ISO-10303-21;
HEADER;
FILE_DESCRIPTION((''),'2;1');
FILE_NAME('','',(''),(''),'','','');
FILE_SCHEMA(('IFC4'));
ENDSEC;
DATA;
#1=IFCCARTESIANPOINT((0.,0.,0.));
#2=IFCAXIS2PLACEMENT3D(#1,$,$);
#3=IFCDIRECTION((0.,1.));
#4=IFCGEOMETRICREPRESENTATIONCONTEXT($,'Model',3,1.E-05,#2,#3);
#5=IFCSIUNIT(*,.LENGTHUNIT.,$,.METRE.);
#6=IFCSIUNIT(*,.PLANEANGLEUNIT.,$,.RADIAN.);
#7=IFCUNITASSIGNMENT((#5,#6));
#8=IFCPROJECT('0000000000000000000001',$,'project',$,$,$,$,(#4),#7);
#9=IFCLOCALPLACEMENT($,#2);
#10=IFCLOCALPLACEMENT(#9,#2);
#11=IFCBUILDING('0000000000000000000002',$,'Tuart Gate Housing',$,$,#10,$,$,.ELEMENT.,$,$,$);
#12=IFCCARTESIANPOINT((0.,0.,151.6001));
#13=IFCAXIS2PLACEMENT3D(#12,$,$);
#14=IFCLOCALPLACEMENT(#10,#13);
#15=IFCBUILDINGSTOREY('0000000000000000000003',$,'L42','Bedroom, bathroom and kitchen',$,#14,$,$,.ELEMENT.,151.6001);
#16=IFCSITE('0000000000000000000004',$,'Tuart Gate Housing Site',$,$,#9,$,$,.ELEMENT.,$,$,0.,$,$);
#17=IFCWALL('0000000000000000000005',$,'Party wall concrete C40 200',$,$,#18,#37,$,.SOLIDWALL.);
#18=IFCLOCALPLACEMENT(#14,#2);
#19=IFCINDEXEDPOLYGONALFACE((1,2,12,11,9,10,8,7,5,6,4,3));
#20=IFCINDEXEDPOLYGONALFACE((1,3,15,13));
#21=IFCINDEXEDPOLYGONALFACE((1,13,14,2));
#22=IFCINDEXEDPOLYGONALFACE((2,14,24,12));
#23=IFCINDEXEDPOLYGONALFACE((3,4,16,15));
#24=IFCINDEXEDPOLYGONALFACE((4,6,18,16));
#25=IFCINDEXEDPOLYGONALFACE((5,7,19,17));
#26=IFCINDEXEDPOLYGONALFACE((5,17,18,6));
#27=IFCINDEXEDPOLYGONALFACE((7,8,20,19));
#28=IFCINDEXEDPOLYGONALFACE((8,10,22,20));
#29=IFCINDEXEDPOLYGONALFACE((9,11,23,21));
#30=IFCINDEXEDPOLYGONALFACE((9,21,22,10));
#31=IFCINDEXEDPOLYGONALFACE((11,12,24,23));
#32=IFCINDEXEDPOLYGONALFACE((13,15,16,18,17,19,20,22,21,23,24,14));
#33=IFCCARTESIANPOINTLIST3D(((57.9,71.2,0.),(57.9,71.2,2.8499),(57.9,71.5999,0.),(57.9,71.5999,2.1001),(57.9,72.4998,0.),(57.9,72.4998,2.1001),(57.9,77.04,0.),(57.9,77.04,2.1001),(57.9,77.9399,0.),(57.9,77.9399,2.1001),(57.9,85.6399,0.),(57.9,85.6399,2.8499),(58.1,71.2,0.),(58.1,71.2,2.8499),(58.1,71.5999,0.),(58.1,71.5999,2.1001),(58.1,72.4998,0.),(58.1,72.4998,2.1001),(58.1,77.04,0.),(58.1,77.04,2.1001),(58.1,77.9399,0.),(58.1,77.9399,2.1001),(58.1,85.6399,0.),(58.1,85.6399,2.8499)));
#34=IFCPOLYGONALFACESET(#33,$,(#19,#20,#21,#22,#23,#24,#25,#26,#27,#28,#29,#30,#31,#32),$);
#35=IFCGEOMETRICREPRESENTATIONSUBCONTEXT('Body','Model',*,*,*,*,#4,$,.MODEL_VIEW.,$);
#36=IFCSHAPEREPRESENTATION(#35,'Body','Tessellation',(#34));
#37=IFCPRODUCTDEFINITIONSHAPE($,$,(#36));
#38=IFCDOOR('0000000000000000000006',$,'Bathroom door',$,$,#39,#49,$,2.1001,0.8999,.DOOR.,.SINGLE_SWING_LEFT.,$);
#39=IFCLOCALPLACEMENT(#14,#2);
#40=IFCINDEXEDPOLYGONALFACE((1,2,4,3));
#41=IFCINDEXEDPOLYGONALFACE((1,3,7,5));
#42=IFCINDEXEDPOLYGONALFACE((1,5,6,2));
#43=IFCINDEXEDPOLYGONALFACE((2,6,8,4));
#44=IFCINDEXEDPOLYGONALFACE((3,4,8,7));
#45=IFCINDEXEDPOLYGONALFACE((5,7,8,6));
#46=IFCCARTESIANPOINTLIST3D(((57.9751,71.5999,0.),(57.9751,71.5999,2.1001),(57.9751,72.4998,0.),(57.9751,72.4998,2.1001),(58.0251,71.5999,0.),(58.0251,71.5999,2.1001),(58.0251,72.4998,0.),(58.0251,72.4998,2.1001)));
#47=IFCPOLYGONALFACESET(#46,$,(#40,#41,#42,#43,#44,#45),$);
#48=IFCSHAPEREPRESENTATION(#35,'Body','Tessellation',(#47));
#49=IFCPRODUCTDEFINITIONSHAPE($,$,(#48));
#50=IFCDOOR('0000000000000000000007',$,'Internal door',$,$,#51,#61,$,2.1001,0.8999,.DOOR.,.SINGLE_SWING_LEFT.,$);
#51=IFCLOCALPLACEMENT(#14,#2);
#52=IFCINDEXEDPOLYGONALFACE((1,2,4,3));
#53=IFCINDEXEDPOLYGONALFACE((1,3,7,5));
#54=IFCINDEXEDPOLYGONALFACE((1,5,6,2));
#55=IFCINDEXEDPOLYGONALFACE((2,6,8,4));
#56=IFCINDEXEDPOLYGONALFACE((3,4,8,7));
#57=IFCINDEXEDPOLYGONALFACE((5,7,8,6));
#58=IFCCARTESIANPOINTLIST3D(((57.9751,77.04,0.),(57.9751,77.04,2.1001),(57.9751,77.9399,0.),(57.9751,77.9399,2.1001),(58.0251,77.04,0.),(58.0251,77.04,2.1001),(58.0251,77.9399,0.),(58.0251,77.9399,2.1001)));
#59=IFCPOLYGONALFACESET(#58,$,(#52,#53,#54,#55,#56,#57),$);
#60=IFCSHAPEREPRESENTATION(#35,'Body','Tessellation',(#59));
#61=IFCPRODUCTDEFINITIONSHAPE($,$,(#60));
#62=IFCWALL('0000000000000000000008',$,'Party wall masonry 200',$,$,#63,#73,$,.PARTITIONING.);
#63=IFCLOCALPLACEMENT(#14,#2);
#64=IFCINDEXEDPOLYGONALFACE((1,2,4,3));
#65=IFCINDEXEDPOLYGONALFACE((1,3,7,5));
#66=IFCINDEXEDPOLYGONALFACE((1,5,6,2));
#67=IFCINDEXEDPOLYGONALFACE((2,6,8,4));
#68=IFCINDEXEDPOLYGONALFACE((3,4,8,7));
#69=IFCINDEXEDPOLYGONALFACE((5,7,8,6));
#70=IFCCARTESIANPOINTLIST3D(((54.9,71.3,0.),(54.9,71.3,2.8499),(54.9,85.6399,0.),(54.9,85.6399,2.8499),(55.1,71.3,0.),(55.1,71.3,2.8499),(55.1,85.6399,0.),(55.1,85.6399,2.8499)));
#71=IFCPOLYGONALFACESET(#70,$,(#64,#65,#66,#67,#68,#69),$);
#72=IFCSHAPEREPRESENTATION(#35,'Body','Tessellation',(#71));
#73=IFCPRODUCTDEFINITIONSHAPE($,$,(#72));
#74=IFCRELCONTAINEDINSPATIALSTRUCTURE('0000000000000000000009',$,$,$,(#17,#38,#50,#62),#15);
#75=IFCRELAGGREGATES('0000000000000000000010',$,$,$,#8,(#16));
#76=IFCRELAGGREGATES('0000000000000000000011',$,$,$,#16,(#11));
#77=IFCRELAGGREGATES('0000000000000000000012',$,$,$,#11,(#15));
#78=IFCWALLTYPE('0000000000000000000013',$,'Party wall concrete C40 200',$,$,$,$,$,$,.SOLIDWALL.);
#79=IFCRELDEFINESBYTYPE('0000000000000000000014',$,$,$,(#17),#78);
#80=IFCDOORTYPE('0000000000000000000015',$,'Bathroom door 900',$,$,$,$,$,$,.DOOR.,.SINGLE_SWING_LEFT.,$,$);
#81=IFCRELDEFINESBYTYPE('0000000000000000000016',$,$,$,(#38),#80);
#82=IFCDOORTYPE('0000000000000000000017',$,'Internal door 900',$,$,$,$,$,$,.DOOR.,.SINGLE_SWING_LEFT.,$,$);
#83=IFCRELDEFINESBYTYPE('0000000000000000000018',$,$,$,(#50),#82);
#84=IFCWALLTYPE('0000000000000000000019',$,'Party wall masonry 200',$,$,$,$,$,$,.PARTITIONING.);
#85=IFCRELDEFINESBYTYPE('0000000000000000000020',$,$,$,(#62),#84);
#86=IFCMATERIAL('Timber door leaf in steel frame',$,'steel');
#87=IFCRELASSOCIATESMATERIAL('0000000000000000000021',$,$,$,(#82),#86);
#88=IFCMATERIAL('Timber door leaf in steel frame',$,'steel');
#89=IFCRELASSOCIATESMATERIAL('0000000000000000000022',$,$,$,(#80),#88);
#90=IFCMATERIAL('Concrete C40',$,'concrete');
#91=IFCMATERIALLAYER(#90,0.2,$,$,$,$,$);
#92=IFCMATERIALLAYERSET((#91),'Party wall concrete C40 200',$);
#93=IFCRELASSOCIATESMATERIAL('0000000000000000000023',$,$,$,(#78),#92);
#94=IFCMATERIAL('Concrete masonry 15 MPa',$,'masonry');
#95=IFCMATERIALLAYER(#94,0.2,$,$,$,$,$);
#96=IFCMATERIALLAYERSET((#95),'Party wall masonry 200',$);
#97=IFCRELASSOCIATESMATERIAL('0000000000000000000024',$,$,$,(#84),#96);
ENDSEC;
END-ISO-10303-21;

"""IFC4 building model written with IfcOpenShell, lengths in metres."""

from ifc_helpers import new_model, si_unit, direction, frame, frame_2d, origin, place, context, subcontext, project, spatial, rectangle, extrude, material, layer, layer_set, type_object, element, fill, save


model = new_model("IFC4")

# Units and contexts
model_context = context("Model", 3, precision=1e-05, world=origin(), true_north=direction((0.0, 1.0)))
body_context = subcontext(model_context, "Body", "Model", "MODEL_VIEW")
ifc_project = project(units=[si_unit("LENGTHUNIT", "METRE"), si_unit("PLANEANGLEUNIT", "RADIAN")], contexts=[model_context])

# Site, building, storey
site_placement = place(None, origin())
site = spatial("IfcSite", under=ifc_project, at=site_placement, Name="Tuart Gate Housing Site", CompositionType="ELEMENT", RefElevation=0.0)
building_placement = place(site_placement, origin())
building = spatial("IfcBuilding", under=site, at=building_placement, Name="Tuart Gate Housing", CompositionType="ELEMENT")
storey_placement = place(building_placement, frame((0.0, 0.0, 151.6001)))
storey = spatial("IfcBuildingStorey", under=building, at=storey_placement, Name="L42", Description="Bedroom, bathroom and kitchen", CompositionType="ELEMENT", Elevation=151.6001)

# Shared definitions
ifc_material_1 = material(Name="Timber door leaf in steel frame", Category="steel")
door_type_1 = type_object("IfcDoorType", Name="Internal door 900", OperationType="SINGLE_SWING_LEFT", PredefinedType="DOOR", material=ifc_material_1)

# Shared definitions
ifc_material_2 = material(Name="Timber door leaf in steel frame", Category="steel")
door_type_2 = type_object("IfcDoorType", Name="Bathroom door 900", OperationType="SINGLE_SWING_LEFT", PredefinedType="DOOR", material=ifc_material_2)

# Shared definitions
ifc_material_3 = material(Name="Concrete C40", Category="concrete")
ifc_layer_1 = layer(ifc_material_3, 0.2)
ifc_layer_set_1 = layer_set([ifc_layer_1], Name="Party wall concrete C40 200")
wall_type_1 = type_object("IfcWallType", Name="Party wall concrete C40 200", PredefinedType="SOLIDWALL", material=ifc_layer_set_1)

# Wall, openings, doors
wall_1_placement = place(storey_placement, frame((58.0, 71.2, 0.0), z_axis=(0.0, 0.0, 1.0), x_axis=(0.0, 1.0, 0.0)))
wall_1 = element("IfcWall", 1, at=wall_1_placement, inside=storey, type_object=wall_type_1, Name="Party wall concrete C40 200", PredefinedType="SOLIDWALL", context=body_context, shape_type="SweptSolid", body=[
    extrude(rectangle(XDim=14.4399, YDim=0.2, at=frame_2d((7.22, 0.0))), origin(), (0.0, 0.0, 1.0), 2.8499),
])
opening_1_placement = place(wall_1_placement, frame((5.8401, 0.0, 0.0)))
opening_1 = element("IfcOpeningElement", 2, at=opening_1_placement, cuts=wall_1, PredefinedType="OPENING", context=body_context, shape_type="SweptSolid", body=[
    extrude(rectangle(XDim=0.8999, YDim=2.1001, at=frame_2d((0.45, 1.05))), frame((0.0, 0.1099, 0.0), z_axis=(0.0, -1.0, 0.0), x_axis=(1.0, 0.0, 0.0)), (0.0, 0.0, 1.0), 0.22),
])
opening_2_placement = place(wall_1_placement, frame((0.3999, 0.0, 0.0)))
opening_2 = element("IfcOpeningElement", 3, at=opening_2_placement, cuts=wall_1, PredefinedType="OPENING", context=body_context, shape_type="SweptSolid", body=[
    extrude(rectangle(XDim=0.8999, YDim=2.1001, at=frame_2d((0.45, 1.05))), frame((0.0, 0.1099, 0.0), z_axis=(0.0, -1.0, 0.0), x_axis=(1.0, 0.0, 0.0)), (0.0, 0.0, 1.0), 0.22),
])
door_1_placement = place(opening_2_placement, origin())
door_1 = element("IfcDoor", 4, at=door_1_placement, inside=storey, type_object=door_type_2, Name="Bathroom door", OperationType="SINGLE_SWING_LEFT", OverallHeight=2.1001, OverallWidth=0.8999, PredefinedType="DOOR", context=body_context, shape_type="SweptSolid", body=[
    extrude(rectangle(XDim=0.8999, YDim=2.1001, at=frame_2d((0.45, 1.05))), frame((0.0, 0.0249, 0.0), z_axis=(0.0, -1.0, 0.0), x_axis=(1.0, 0.0, 0.0)), (0.0, 0.0, 1.0), 0.05),
])
fill(opening_2, door_1)
door_2_placement = place(opening_1_placement, origin())
door_2 = element("IfcDoor", 5, at=door_2_placement, inside=storey, type_object=door_type_1, Name="Internal door", OperationType="SINGLE_SWING_LEFT", OverallHeight=2.1001, OverallWidth=0.8999, PredefinedType="DOOR", context=body_context, shape_type="SweptSolid", body=[
    extrude(rectangle(XDim=0.8999, YDim=2.1001, at=frame_2d((0.45, 1.05))), frame((0.0, 0.0249, 0.0), z_axis=(0.0, -1.0, 0.0), x_axis=(1.0, 0.0, 0.0)), (0.0, 0.0, 1.0), 0.05),
])
fill(opening_1, door_2)

# Wall
ifc_material_4 = material(Name="Concrete masonry 15 MPa", Category="masonry")
ifc_layer_2 = layer(ifc_material_4, 0.2)
ifc_layer_set_2 = layer_set([ifc_layer_2], Name="Party wall masonry 200")
wall_type_2 = type_object("IfcWallType", Name="Party wall masonry 200", PredefinedType="PARTITIONING", material=ifc_layer_set_2)
wall_2_placement = place(storey_placement, frame((55.0, 71.3, 0.0), z_axis=(0.0, 0.0, 1.0), x_axis=(0.0, 1.0, 0.0)))
element("IfcWall", 6, at=wall_2_placement, inside=storey, type_object=wall_type_2, Name="Party wall masonry 200", PredefinedType="PARTITIONING", context=body_context, shape_type="SweptSolid", body=[
    extrude(rectangle(XDim=14.3398, YDim=0.2, at=frame_2d((7.1699, 0.0))), origin(), (0.0, 0.0, 1.0), 2.8499),
])

save(model, "model.ifc")
